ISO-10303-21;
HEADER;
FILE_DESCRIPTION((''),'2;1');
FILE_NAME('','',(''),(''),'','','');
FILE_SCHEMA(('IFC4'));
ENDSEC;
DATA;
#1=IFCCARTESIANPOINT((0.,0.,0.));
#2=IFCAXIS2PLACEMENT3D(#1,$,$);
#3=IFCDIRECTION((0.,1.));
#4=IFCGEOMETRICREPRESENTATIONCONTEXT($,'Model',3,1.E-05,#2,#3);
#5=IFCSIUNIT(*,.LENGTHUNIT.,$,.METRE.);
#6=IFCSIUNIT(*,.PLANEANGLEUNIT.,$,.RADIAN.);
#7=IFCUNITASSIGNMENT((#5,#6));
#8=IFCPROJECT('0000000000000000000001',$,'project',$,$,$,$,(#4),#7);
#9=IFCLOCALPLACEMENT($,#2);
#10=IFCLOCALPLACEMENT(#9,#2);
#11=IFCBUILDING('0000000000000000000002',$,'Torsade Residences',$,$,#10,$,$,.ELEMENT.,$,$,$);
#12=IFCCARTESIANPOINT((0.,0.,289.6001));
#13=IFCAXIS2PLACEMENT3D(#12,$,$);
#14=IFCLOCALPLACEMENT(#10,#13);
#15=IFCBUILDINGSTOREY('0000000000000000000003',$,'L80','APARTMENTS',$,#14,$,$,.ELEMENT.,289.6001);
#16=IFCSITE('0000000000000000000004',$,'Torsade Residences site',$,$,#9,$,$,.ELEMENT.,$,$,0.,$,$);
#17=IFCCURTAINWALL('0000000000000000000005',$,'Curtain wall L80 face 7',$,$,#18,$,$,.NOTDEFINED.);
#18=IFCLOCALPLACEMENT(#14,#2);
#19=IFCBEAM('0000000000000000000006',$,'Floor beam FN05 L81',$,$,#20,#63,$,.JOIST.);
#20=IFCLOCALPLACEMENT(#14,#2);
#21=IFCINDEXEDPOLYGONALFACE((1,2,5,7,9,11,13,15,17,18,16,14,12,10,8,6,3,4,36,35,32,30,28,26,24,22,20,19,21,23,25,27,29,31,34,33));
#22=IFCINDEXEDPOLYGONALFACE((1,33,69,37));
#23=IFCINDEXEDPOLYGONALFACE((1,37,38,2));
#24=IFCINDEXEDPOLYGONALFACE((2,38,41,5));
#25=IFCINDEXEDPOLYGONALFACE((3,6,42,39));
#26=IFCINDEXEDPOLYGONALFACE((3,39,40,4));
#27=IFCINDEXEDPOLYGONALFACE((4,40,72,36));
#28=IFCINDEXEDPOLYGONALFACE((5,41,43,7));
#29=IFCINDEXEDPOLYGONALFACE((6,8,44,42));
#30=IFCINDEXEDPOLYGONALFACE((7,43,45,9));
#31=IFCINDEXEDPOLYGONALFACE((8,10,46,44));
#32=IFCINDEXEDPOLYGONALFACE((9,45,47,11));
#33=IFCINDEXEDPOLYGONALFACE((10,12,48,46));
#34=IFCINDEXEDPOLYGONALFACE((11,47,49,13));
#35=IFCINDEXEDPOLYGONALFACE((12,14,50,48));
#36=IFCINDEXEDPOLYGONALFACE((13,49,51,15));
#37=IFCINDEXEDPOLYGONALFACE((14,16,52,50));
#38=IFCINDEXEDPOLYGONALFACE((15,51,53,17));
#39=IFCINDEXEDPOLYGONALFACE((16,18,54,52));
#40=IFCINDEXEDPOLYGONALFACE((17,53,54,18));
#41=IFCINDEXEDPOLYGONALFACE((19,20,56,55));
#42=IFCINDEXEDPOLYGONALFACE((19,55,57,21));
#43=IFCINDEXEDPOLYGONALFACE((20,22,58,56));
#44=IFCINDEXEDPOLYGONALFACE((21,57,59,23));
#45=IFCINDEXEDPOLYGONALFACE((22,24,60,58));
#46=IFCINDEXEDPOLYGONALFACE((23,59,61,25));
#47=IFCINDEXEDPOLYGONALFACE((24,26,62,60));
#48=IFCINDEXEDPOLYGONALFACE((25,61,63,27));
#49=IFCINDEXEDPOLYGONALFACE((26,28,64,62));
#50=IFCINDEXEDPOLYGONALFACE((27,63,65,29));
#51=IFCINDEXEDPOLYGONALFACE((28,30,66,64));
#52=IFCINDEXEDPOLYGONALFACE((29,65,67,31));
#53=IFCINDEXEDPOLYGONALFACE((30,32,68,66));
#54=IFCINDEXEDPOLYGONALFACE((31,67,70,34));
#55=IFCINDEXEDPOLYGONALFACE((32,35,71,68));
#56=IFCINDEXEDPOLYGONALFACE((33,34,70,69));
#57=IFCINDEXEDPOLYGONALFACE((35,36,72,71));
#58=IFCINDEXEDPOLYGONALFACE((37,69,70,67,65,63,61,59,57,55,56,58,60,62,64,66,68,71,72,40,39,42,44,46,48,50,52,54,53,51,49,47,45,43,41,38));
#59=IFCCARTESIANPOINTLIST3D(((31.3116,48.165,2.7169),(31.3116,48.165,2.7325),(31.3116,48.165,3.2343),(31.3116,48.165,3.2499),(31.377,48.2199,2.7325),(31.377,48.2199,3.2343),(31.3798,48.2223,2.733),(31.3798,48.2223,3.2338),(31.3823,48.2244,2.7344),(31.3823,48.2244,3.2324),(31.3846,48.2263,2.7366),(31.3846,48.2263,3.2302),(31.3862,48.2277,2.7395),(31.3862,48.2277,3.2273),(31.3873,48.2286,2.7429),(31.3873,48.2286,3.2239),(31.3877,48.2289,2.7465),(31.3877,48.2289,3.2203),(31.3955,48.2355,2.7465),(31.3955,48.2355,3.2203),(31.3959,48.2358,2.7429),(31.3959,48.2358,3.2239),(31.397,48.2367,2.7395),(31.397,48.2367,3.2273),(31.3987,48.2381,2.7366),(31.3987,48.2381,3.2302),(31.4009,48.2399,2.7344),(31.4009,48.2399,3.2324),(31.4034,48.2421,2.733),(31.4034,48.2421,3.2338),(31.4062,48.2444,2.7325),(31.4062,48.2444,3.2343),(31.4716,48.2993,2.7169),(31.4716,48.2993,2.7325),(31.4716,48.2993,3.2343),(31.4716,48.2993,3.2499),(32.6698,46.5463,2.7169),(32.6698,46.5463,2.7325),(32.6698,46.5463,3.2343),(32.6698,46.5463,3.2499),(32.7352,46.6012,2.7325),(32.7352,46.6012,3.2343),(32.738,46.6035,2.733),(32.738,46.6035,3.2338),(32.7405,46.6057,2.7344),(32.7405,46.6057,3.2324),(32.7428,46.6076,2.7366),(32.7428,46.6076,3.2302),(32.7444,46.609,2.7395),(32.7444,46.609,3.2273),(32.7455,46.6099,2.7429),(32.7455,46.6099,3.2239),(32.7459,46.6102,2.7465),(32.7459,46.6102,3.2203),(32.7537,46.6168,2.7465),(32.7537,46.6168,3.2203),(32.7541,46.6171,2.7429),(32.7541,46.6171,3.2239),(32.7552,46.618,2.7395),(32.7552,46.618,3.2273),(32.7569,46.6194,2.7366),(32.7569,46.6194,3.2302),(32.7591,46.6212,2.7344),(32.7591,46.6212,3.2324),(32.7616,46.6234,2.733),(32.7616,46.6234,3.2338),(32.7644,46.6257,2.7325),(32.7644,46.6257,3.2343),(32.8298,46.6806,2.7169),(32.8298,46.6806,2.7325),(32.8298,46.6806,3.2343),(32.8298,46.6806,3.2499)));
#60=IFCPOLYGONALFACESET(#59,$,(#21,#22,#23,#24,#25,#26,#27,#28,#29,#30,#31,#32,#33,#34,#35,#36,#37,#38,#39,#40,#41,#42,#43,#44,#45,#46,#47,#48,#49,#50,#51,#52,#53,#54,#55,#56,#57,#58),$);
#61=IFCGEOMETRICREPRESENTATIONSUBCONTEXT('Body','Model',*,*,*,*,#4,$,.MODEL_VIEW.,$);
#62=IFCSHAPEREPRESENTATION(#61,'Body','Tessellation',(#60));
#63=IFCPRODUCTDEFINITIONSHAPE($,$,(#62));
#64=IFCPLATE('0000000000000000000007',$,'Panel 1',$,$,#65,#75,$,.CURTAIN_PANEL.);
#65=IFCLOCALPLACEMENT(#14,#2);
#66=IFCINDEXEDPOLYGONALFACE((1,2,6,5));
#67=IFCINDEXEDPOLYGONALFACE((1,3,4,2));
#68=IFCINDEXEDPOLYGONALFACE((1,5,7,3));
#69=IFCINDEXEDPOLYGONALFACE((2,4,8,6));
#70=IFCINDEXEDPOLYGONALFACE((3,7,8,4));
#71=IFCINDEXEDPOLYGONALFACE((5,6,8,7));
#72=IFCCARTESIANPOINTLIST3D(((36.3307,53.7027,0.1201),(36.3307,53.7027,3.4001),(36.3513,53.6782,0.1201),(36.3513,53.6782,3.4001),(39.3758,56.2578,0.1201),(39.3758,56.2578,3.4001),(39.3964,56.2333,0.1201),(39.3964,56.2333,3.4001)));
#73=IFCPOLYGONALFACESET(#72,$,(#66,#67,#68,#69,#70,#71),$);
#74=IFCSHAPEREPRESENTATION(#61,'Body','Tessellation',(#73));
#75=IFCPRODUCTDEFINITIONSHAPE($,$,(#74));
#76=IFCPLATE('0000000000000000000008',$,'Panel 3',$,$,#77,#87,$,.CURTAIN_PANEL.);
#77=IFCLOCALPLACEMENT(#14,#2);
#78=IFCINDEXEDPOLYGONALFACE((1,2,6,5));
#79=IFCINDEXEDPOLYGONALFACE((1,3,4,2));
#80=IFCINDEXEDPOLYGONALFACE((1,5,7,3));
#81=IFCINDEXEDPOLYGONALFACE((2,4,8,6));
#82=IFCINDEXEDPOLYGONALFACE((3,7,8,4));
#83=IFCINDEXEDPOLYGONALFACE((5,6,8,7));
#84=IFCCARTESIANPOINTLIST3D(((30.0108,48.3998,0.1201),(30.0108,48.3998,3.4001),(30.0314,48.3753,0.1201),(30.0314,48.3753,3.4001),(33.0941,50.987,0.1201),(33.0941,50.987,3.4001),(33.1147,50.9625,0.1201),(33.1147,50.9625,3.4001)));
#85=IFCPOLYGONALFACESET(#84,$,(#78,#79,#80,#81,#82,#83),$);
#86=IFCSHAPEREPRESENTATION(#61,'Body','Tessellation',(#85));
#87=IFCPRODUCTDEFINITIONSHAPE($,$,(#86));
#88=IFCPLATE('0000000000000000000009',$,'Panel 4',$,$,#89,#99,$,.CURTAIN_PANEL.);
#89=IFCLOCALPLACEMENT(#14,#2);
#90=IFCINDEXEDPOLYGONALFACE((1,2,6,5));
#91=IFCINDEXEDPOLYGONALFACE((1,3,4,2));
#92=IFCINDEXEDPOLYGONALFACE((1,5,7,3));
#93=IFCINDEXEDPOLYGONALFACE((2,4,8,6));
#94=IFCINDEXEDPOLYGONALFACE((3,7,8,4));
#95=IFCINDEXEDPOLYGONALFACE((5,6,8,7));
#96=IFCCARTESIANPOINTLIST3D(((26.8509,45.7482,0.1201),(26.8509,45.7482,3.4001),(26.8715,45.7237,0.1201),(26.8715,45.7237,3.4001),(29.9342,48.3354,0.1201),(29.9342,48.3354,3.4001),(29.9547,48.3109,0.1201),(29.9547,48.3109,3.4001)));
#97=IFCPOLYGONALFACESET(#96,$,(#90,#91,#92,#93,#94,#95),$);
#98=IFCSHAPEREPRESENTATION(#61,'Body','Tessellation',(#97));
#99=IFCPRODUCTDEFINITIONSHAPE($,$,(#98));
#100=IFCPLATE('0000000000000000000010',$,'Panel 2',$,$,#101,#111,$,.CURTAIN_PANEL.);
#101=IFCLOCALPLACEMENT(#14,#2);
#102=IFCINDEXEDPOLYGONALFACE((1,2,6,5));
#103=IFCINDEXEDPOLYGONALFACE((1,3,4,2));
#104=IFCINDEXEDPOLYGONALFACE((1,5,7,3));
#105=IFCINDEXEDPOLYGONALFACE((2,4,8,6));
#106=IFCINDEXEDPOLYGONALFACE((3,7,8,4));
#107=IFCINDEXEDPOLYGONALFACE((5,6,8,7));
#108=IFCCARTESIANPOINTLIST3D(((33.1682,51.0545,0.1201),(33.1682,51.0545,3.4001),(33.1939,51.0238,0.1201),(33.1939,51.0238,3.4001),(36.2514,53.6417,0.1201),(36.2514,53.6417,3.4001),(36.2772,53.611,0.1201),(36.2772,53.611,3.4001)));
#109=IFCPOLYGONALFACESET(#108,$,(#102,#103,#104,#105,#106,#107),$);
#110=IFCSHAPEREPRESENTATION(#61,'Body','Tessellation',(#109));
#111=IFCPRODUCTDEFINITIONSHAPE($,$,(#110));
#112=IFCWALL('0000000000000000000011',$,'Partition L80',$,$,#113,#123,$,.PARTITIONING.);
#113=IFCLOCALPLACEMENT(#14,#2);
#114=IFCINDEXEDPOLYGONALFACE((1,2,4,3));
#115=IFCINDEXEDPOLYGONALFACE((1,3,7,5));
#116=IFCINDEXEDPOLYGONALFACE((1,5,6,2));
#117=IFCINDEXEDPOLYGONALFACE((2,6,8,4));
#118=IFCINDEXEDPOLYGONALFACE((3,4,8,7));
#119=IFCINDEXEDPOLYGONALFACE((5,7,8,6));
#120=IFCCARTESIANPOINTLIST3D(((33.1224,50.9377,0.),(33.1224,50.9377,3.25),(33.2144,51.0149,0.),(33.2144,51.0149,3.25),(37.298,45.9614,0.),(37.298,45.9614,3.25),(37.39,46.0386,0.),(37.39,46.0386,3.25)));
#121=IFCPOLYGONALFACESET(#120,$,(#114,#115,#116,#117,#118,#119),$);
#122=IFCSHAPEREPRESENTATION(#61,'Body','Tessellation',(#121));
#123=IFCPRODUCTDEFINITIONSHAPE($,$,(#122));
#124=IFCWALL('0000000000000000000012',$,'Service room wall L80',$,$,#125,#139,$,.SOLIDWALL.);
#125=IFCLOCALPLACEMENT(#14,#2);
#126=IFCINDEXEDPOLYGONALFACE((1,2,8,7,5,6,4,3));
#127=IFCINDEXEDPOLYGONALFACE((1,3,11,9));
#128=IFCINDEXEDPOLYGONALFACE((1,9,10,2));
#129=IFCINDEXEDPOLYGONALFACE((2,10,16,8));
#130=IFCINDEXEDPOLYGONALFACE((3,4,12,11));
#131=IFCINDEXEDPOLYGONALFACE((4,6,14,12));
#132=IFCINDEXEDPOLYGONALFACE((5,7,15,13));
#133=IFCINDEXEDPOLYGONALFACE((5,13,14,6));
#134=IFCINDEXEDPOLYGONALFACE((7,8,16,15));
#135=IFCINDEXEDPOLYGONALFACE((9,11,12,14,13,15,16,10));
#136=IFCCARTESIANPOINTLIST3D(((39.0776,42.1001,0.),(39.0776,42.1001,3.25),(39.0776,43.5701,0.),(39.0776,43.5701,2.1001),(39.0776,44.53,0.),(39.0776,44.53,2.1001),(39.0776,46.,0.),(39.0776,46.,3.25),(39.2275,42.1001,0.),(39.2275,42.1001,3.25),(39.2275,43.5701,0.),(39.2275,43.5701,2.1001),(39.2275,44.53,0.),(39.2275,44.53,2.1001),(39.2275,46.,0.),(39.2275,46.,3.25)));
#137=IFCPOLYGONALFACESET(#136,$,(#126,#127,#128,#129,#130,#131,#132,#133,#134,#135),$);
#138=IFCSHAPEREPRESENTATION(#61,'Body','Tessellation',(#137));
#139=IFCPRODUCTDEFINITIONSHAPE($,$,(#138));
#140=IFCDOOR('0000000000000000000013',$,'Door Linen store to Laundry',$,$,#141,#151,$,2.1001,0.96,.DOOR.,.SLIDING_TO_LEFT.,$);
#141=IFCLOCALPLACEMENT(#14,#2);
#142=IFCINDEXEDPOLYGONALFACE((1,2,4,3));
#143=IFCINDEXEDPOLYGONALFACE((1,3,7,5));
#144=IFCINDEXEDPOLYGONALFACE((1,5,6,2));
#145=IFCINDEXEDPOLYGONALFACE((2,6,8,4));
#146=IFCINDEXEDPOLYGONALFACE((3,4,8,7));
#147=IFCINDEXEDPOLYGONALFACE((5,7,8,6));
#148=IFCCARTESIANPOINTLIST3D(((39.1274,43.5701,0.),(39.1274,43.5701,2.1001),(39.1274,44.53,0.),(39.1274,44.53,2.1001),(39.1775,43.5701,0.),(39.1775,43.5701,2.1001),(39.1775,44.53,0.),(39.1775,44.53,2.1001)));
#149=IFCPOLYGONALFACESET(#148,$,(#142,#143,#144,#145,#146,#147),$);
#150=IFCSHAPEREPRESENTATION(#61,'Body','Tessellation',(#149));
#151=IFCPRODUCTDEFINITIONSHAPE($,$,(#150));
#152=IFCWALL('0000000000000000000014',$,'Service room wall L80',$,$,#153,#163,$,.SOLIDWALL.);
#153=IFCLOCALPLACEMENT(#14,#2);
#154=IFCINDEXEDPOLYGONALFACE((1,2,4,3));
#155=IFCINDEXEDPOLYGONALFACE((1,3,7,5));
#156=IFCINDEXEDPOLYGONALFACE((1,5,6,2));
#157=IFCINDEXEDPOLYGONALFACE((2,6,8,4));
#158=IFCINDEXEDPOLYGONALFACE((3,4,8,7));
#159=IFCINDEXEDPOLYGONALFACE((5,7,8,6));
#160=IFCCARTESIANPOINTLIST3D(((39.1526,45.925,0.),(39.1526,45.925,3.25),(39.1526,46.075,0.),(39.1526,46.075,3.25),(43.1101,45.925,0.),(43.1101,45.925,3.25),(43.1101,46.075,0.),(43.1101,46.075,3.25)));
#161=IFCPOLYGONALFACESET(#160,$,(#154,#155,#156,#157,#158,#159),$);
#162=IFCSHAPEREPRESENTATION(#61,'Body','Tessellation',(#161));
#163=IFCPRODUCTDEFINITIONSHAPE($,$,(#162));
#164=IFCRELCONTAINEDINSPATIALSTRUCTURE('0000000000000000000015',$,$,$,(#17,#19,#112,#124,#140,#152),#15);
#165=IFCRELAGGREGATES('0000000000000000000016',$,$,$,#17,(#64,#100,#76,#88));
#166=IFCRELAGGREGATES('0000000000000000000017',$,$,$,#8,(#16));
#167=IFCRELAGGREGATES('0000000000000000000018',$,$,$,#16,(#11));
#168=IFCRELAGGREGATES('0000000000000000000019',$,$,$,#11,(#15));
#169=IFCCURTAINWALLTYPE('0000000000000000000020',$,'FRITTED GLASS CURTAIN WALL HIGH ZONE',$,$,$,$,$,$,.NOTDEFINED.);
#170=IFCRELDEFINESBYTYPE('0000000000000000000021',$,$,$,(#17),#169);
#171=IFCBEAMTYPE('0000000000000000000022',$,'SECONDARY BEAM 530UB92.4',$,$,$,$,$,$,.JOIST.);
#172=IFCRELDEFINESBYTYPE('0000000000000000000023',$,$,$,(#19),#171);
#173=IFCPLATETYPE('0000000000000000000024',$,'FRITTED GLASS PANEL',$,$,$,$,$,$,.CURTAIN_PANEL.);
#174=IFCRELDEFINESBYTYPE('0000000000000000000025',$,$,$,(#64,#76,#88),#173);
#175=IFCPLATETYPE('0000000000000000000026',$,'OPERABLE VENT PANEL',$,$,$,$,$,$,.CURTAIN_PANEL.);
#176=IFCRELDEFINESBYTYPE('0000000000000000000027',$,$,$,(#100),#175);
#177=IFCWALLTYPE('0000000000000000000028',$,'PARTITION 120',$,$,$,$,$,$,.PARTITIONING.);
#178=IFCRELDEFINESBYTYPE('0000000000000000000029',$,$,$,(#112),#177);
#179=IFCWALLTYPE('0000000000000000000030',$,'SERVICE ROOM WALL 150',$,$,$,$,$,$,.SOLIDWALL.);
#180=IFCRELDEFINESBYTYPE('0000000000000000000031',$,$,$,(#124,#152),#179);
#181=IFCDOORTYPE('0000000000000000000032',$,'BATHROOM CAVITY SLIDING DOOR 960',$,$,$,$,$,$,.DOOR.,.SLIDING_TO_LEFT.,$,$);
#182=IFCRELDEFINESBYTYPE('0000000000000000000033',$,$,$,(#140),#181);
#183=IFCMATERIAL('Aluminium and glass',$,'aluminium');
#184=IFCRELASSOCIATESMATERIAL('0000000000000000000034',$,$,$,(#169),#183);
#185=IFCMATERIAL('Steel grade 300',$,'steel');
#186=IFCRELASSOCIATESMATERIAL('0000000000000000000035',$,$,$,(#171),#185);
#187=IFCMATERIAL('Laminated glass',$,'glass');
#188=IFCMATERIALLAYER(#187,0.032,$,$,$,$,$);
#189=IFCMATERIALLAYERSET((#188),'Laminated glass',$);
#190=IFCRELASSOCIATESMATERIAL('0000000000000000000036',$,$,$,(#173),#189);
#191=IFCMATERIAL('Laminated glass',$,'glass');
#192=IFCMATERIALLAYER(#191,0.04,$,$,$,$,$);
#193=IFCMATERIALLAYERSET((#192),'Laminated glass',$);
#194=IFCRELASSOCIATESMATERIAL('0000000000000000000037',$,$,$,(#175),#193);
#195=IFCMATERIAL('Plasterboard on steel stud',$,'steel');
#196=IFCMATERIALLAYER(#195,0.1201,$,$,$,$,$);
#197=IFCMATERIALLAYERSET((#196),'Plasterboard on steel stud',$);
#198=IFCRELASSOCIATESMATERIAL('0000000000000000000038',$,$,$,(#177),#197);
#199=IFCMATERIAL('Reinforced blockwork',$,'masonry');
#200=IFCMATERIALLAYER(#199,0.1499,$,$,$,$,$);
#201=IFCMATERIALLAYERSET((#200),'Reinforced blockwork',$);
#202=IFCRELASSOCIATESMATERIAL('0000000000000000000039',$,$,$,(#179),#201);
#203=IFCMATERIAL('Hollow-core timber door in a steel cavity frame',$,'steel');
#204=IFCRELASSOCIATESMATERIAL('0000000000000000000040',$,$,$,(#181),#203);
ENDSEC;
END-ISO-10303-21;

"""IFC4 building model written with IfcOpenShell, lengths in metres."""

from ifc_helpers import new_model, si_unit, direction, frame, frame_2d, origin, origin_2d, place, context, subcontext, project, spatial, rectangle, i_section, extrude, material, layer, layer_set, material_profile, profile_set, type_object, element, fill, aggregate, save


model = new_model("IFC4")

# Units and contexts
model_context = context("Model", 3, precision=1e-05, world=origin(), true_north=direction((0.0, 1.0)))
body_context = subcontext(model_context, "Body", "Model", "MODEL_VIEW")
ifc_project = project(units=[si_unit("LENGTHUNIT", "METRE"), si_unit("PLANEANGLEUNIT", "RADIAN")], contexts=[model_context])

# Site, building, storey
site_placement = place(None, origin())
site = spatial("IfcSite", under=ifc_project, at=site_placement, Name="Torsade Residences site", CompositionType="ELEMENT", RefElevation=0.0)
building_placement = place(site_placement, origin())
building = spatial("IfcBuilding", under=site, at=building_placement, Name="Torsade Residences", CompositionType="ELEMENT")
storey_placement = place(building_placement, frame((0.0, 0.0, 289.6001)))
storey = spatial("IfcBuildingStorey", under=building, at=storey_placement, Name="L80", Description="APARTMENTS", CompositionType="ELEMENT", Elevation=289.6001)

# Curtain wall
ifc_material_1 = material(Name="Aluminium and glass", Category="aluminium")
curtain_wall_type = type_object("IfcCurtainWallType", Name="FRITTED GLASS CURTAIN WALL HIGH ZONE", PredefinedType="NOTDEFINED", material=ifc_material_1)
curtain_wall_placement = place(storey_placement, origin())
curtain_wall = element("IfcCurtainWall", 1, at=curtain_wall_placement, inside=storey, type_object=curtain_wall_type, Name="Curtain wall L80 face 7", PredefinedType="NOTDEFINED")

# Beam
ifc_material_2 = material(Name="Steel grade 300", Category="steel")
ifc_material_profile_1 = material_profile(ifc_material_2, i_section(OverallWidth=0.209, OverallDepth=0.533, WebThickness=0.0103, FlangeThickness=0.0156, FilletRadius=0.0139, at=origin_2d()), Name="530UB92.4")
ifc_profile_set_1 = profile_set([ifc_material_profile_1], Name="Steel grade 300")
beam_type_1 = type_object("IfcBeamType", Name="SECONDARY BEAM 530UB92.4", PredefinedType="JOIST", material=ifc_profile_set_1)
beam_1_placement = place(storey_placement, frame((31.3916, 48.2322, 2.9834), z_axis=(0.642772, -0.766058, 0.0), x_axis=(0.766058, 0.642772, 0.0)))
element("IfcBeam", 2, at=beam_1_placement, inside=storey, type_object=beam_type_1, Name="Floor beam FN05 L81", PredefinedType="JOIST", context=body_context, shape_type="SweptSolid", body=[
    extrude(i_section(OverallWidth=0.209, OverallDepth=0.533, WebThickness=0.0103, FlangeThickness=0.0156, FilletRadius=0.0139, at=origin_2d()), origin(), (0.0, 0.0, 1.0), 2.113),
])

# Plates
ifc_material_3 = material(Name="Laminated glass", Category="glass")
ifc_layer_1 = layer(ifc_material_3, 0.032)
ifc_layer_set_1 = layer_set([ifc_layer_1], Name="Laminated glass")
plate_type_1 = type_object("IfcPlateType", Name="FRITTED GLASS PANEL", PredefinedType="CURTAIN_PANEL", material=ifc_layer_set_1)
plate_1_placement = place(storey_placement, frame((37.8635, 54.968, 0.1201), z_axis=(0.0, 0.0, 1.0), x_axis=(-0.766044, -0.642788, 0.0)))
plate_1 = element("IfcPlate", 3, at=plate_1_placement, type_object=plate_type_1, Name="Panel 1", PredefinedType="CURTAIN_PANEL", context=body_context, shape_type="SweptSolid", body=[
    extrude(rectangle(XDim=3.9751, YDim=0.032, at=origin_2d()), origin(), (0.0, 0.0, 1.0), 3.28),
])
plate_2_placement = place(storey_placement, frame((31.5627, 49.6812, 0.1201), z_axis=(0.0, 0.0, 1.0), x_axis=(-0.766044, -0.642788, 0.0)))
plate_2 = element("IfcPlate", 4, at=plate_2_placement, type_object=plate_type_1, Name="Panel 3", PredefinedType="CURTAIN_PANEL", context=body_context, shape_type="SweptSolid", body=[
    extrude(rectangle(XDim=4.0249, YDim=0.032, at=origin_2d()), origin(), (0.0, 0.0, 1.0), 3.28),
])
plate_3_placement = place(storey_placement, frame((28.4028, 47.0295, 0.1201), z_axis=(0.0, 0.0, 1.0), x_axis=(-0.766044, -0.642788, 0.0)))
plate_3 = element("IfcPlate", 5, at=plate_3_placement, type_object=plate_type_1, Name="Panel 4", PredefinedType="CURTAIN_PANEL", context=body_context, shape_type="SweptSolid", body=[
    extrude(rectangle(XDim=4.0249, YDim=0.032, at=origin_2d()), origin(), (0.0, 0.0, 1.0), 3.28),
])
ifc_material_4 = material(Name="Laminated glass", Category="glass")
ifc_layer_2 = layer(ifc_material_4, 0.04)
ifc_layer_set_2 = layer_set([ifc_layer_2], Name="Laminated glass")
plate_type_2 = type_object("IfcPlateType", Name="OPERABLE VENT PANEL", PredefinedType="CURTAIN_PANEL", material=ifc_layer_set_2)
plate_4_placement = place(storey_placement, frame((34.7227, 52.3328, 0.1201), z_axis=(0.0, 0.0, 1.0), x_axis=(-0.766044, -0.642788, 0.0)))
plate_4 = element("IfcPlate", 6, at=plate_4_placement, type_object=plate_type_2, Name="Panel 2", PredefinedType="CURTAIN_PANEL", context=body_context, shape_type="SweptSolid", body=[
    extrude(rectangle(XDim=4.0249, YDim=0.04, at=origin_2d()), origin(), (0.0, 0.0, 1.0), 3.28),
])
aggregate(curtain_wall, [plate_1, plate_4, plate_2, plate_3])

# Wall
ifc_material_5 = material(Name="Plasterboard on steel stud", Category="steel")
ifc_layer_3 = layer(ifc_material_5, 0.1201)
ifc_layer_set_3 = layer_set([ifc_layer_3], Name="Plasterboard on steel stud")
wall_type_1 = type_object("IfcWallType", Name="PARTITION 120", PredefinedType="PARTITIONING", material=ifc_layer_set_3)
wall_1_placement = place(storey_placement, frame((37.344, 46.0, 0.0), z_axis=(0.0, 0.0, 1.0), x_axis=(-0.642779, 0.766051, 0.0)))
element("IfcWall", 7, at=wall_1_placement, inside=storey, type_object=wall_type_1, Name="Partition L80", PredefinedType="PARTITIONING", context=body_context, shape_type="SweptSolid", body=[
    extrude(rectangle(XDim=6.4961, YDim=0.1201, at=frame_2d((3.248, 0.0))), origin(), (0.0, 0.0, 1.0), 3.25),
])

# Wall, opening, door
ifc_material_6 = material(Name="Reinforced blockwork", Category="masonry")
ifc_layer_4 = layer(ifc_material_6, 0.1499)
ifc_layer_set_4 = layer_set([ifc_layer_4], Name="Reinforced blockwork")
wall_type_2 = type_object("IfcWallType", Name="SERVICE ROOM WALL 150", PredefinedType="SOLIDWALL", material=ifc_layer_set_4)
wall_2_placement = place(storey_placement, frame((39.1526, 46.0, 0.0), z_axis=(0.0, 0.0, 1.0), x_axis=(0.0, -1.0, 0.0)))
wall_2 = element("IfcWall", 8, at=wall_2_placement, inside=storey, type_object=wall_type_2, Name="Service room wall L80", PredefinedType="SOLIDWALL", context=body_context, shape_type="SweptSolid", body=[
    extrude(rectangle(XDim=3.8999, YDim=0.1499, at=frame_2d((1.95, 0.0))), origin(), (0.0, 0.0, 1.0), 3.25),
])
opening_placement = place(wall_2_placement, frame((1.47, 0.0, 0.0)))
opening = element("IfcOpeningElement", 9, at=opening_placement, cuts=wall_2, PredefinedType="OPENING", context=body_context, shape_type="SweptSolid", body=[
    extrude(rectangle(XDim=0.96, YDim=2.1001, at=frame_2d((0.48, 1.05))), frame((0.0, 0.085, 0.0), z_axis=(0.0, -1.0, 0.0), x_axis=(1.0, 0.0, 0.0)), (0.0, 0.0, 1.0), 0.1699),
])
ifc_material_7 = material(Name="Hollow-core timber door in a steel cavity frame", Category="steel")
door_type = type_object("IfcDoorType", Name="BATHROOM CAVITY SLIDING DOOR 960", OperationType="SLIDING_TO_LEFT", PredefinedType="DOOR", material=ifc_material_7)
door_placement = place(opening_placement, origin())
door = element("IfcDoor", 10, at=door_placement, inside=storey, type_object=door_type, Name="Door Linen store to Laundry", OperationType="SLIDING_TO_LEFT", OverallHeight=2.1001, OverallWidth=0.96, PredefinedType="DOOR", context=body_context, shape_type="SweptSolid", body=[
    extrude(rectangle(XDim=0.96, YDim=2.1001, at=frame_2d((0.48, 1.05))), frame((0.0, 0.0249, 0.0), z_axis=(0.0, -1.0, 0.0), x_axis=(1.0, 0.0, 0.0)), (0.0, 0.0, 1.0), 0.05),
])
fill(opening, door)

# Wall
wall_3_placement = place(storey_placement, frame((39.1526, 46.0, 0.0), z_axis=(0.0, 0.0, 1.0), x_axis=(1.0, 0.0, 0.0)))
element("IfcWall", 11, at=wall_3_placement, inside=storey, type_object=wall_type_2, Name="Service room wall L80", PredefinedType="SOLIDWALL", context=body_context, shape_type="SweptSolid", body=[
    extrude(rectangle(XDim=3.9575, YDim=0.1499, at=frame_2d((1.9788, 0.0))), origin(), (0.0, 0.0, 1.0), 3.25),
])

save(model, "model.ifc")
